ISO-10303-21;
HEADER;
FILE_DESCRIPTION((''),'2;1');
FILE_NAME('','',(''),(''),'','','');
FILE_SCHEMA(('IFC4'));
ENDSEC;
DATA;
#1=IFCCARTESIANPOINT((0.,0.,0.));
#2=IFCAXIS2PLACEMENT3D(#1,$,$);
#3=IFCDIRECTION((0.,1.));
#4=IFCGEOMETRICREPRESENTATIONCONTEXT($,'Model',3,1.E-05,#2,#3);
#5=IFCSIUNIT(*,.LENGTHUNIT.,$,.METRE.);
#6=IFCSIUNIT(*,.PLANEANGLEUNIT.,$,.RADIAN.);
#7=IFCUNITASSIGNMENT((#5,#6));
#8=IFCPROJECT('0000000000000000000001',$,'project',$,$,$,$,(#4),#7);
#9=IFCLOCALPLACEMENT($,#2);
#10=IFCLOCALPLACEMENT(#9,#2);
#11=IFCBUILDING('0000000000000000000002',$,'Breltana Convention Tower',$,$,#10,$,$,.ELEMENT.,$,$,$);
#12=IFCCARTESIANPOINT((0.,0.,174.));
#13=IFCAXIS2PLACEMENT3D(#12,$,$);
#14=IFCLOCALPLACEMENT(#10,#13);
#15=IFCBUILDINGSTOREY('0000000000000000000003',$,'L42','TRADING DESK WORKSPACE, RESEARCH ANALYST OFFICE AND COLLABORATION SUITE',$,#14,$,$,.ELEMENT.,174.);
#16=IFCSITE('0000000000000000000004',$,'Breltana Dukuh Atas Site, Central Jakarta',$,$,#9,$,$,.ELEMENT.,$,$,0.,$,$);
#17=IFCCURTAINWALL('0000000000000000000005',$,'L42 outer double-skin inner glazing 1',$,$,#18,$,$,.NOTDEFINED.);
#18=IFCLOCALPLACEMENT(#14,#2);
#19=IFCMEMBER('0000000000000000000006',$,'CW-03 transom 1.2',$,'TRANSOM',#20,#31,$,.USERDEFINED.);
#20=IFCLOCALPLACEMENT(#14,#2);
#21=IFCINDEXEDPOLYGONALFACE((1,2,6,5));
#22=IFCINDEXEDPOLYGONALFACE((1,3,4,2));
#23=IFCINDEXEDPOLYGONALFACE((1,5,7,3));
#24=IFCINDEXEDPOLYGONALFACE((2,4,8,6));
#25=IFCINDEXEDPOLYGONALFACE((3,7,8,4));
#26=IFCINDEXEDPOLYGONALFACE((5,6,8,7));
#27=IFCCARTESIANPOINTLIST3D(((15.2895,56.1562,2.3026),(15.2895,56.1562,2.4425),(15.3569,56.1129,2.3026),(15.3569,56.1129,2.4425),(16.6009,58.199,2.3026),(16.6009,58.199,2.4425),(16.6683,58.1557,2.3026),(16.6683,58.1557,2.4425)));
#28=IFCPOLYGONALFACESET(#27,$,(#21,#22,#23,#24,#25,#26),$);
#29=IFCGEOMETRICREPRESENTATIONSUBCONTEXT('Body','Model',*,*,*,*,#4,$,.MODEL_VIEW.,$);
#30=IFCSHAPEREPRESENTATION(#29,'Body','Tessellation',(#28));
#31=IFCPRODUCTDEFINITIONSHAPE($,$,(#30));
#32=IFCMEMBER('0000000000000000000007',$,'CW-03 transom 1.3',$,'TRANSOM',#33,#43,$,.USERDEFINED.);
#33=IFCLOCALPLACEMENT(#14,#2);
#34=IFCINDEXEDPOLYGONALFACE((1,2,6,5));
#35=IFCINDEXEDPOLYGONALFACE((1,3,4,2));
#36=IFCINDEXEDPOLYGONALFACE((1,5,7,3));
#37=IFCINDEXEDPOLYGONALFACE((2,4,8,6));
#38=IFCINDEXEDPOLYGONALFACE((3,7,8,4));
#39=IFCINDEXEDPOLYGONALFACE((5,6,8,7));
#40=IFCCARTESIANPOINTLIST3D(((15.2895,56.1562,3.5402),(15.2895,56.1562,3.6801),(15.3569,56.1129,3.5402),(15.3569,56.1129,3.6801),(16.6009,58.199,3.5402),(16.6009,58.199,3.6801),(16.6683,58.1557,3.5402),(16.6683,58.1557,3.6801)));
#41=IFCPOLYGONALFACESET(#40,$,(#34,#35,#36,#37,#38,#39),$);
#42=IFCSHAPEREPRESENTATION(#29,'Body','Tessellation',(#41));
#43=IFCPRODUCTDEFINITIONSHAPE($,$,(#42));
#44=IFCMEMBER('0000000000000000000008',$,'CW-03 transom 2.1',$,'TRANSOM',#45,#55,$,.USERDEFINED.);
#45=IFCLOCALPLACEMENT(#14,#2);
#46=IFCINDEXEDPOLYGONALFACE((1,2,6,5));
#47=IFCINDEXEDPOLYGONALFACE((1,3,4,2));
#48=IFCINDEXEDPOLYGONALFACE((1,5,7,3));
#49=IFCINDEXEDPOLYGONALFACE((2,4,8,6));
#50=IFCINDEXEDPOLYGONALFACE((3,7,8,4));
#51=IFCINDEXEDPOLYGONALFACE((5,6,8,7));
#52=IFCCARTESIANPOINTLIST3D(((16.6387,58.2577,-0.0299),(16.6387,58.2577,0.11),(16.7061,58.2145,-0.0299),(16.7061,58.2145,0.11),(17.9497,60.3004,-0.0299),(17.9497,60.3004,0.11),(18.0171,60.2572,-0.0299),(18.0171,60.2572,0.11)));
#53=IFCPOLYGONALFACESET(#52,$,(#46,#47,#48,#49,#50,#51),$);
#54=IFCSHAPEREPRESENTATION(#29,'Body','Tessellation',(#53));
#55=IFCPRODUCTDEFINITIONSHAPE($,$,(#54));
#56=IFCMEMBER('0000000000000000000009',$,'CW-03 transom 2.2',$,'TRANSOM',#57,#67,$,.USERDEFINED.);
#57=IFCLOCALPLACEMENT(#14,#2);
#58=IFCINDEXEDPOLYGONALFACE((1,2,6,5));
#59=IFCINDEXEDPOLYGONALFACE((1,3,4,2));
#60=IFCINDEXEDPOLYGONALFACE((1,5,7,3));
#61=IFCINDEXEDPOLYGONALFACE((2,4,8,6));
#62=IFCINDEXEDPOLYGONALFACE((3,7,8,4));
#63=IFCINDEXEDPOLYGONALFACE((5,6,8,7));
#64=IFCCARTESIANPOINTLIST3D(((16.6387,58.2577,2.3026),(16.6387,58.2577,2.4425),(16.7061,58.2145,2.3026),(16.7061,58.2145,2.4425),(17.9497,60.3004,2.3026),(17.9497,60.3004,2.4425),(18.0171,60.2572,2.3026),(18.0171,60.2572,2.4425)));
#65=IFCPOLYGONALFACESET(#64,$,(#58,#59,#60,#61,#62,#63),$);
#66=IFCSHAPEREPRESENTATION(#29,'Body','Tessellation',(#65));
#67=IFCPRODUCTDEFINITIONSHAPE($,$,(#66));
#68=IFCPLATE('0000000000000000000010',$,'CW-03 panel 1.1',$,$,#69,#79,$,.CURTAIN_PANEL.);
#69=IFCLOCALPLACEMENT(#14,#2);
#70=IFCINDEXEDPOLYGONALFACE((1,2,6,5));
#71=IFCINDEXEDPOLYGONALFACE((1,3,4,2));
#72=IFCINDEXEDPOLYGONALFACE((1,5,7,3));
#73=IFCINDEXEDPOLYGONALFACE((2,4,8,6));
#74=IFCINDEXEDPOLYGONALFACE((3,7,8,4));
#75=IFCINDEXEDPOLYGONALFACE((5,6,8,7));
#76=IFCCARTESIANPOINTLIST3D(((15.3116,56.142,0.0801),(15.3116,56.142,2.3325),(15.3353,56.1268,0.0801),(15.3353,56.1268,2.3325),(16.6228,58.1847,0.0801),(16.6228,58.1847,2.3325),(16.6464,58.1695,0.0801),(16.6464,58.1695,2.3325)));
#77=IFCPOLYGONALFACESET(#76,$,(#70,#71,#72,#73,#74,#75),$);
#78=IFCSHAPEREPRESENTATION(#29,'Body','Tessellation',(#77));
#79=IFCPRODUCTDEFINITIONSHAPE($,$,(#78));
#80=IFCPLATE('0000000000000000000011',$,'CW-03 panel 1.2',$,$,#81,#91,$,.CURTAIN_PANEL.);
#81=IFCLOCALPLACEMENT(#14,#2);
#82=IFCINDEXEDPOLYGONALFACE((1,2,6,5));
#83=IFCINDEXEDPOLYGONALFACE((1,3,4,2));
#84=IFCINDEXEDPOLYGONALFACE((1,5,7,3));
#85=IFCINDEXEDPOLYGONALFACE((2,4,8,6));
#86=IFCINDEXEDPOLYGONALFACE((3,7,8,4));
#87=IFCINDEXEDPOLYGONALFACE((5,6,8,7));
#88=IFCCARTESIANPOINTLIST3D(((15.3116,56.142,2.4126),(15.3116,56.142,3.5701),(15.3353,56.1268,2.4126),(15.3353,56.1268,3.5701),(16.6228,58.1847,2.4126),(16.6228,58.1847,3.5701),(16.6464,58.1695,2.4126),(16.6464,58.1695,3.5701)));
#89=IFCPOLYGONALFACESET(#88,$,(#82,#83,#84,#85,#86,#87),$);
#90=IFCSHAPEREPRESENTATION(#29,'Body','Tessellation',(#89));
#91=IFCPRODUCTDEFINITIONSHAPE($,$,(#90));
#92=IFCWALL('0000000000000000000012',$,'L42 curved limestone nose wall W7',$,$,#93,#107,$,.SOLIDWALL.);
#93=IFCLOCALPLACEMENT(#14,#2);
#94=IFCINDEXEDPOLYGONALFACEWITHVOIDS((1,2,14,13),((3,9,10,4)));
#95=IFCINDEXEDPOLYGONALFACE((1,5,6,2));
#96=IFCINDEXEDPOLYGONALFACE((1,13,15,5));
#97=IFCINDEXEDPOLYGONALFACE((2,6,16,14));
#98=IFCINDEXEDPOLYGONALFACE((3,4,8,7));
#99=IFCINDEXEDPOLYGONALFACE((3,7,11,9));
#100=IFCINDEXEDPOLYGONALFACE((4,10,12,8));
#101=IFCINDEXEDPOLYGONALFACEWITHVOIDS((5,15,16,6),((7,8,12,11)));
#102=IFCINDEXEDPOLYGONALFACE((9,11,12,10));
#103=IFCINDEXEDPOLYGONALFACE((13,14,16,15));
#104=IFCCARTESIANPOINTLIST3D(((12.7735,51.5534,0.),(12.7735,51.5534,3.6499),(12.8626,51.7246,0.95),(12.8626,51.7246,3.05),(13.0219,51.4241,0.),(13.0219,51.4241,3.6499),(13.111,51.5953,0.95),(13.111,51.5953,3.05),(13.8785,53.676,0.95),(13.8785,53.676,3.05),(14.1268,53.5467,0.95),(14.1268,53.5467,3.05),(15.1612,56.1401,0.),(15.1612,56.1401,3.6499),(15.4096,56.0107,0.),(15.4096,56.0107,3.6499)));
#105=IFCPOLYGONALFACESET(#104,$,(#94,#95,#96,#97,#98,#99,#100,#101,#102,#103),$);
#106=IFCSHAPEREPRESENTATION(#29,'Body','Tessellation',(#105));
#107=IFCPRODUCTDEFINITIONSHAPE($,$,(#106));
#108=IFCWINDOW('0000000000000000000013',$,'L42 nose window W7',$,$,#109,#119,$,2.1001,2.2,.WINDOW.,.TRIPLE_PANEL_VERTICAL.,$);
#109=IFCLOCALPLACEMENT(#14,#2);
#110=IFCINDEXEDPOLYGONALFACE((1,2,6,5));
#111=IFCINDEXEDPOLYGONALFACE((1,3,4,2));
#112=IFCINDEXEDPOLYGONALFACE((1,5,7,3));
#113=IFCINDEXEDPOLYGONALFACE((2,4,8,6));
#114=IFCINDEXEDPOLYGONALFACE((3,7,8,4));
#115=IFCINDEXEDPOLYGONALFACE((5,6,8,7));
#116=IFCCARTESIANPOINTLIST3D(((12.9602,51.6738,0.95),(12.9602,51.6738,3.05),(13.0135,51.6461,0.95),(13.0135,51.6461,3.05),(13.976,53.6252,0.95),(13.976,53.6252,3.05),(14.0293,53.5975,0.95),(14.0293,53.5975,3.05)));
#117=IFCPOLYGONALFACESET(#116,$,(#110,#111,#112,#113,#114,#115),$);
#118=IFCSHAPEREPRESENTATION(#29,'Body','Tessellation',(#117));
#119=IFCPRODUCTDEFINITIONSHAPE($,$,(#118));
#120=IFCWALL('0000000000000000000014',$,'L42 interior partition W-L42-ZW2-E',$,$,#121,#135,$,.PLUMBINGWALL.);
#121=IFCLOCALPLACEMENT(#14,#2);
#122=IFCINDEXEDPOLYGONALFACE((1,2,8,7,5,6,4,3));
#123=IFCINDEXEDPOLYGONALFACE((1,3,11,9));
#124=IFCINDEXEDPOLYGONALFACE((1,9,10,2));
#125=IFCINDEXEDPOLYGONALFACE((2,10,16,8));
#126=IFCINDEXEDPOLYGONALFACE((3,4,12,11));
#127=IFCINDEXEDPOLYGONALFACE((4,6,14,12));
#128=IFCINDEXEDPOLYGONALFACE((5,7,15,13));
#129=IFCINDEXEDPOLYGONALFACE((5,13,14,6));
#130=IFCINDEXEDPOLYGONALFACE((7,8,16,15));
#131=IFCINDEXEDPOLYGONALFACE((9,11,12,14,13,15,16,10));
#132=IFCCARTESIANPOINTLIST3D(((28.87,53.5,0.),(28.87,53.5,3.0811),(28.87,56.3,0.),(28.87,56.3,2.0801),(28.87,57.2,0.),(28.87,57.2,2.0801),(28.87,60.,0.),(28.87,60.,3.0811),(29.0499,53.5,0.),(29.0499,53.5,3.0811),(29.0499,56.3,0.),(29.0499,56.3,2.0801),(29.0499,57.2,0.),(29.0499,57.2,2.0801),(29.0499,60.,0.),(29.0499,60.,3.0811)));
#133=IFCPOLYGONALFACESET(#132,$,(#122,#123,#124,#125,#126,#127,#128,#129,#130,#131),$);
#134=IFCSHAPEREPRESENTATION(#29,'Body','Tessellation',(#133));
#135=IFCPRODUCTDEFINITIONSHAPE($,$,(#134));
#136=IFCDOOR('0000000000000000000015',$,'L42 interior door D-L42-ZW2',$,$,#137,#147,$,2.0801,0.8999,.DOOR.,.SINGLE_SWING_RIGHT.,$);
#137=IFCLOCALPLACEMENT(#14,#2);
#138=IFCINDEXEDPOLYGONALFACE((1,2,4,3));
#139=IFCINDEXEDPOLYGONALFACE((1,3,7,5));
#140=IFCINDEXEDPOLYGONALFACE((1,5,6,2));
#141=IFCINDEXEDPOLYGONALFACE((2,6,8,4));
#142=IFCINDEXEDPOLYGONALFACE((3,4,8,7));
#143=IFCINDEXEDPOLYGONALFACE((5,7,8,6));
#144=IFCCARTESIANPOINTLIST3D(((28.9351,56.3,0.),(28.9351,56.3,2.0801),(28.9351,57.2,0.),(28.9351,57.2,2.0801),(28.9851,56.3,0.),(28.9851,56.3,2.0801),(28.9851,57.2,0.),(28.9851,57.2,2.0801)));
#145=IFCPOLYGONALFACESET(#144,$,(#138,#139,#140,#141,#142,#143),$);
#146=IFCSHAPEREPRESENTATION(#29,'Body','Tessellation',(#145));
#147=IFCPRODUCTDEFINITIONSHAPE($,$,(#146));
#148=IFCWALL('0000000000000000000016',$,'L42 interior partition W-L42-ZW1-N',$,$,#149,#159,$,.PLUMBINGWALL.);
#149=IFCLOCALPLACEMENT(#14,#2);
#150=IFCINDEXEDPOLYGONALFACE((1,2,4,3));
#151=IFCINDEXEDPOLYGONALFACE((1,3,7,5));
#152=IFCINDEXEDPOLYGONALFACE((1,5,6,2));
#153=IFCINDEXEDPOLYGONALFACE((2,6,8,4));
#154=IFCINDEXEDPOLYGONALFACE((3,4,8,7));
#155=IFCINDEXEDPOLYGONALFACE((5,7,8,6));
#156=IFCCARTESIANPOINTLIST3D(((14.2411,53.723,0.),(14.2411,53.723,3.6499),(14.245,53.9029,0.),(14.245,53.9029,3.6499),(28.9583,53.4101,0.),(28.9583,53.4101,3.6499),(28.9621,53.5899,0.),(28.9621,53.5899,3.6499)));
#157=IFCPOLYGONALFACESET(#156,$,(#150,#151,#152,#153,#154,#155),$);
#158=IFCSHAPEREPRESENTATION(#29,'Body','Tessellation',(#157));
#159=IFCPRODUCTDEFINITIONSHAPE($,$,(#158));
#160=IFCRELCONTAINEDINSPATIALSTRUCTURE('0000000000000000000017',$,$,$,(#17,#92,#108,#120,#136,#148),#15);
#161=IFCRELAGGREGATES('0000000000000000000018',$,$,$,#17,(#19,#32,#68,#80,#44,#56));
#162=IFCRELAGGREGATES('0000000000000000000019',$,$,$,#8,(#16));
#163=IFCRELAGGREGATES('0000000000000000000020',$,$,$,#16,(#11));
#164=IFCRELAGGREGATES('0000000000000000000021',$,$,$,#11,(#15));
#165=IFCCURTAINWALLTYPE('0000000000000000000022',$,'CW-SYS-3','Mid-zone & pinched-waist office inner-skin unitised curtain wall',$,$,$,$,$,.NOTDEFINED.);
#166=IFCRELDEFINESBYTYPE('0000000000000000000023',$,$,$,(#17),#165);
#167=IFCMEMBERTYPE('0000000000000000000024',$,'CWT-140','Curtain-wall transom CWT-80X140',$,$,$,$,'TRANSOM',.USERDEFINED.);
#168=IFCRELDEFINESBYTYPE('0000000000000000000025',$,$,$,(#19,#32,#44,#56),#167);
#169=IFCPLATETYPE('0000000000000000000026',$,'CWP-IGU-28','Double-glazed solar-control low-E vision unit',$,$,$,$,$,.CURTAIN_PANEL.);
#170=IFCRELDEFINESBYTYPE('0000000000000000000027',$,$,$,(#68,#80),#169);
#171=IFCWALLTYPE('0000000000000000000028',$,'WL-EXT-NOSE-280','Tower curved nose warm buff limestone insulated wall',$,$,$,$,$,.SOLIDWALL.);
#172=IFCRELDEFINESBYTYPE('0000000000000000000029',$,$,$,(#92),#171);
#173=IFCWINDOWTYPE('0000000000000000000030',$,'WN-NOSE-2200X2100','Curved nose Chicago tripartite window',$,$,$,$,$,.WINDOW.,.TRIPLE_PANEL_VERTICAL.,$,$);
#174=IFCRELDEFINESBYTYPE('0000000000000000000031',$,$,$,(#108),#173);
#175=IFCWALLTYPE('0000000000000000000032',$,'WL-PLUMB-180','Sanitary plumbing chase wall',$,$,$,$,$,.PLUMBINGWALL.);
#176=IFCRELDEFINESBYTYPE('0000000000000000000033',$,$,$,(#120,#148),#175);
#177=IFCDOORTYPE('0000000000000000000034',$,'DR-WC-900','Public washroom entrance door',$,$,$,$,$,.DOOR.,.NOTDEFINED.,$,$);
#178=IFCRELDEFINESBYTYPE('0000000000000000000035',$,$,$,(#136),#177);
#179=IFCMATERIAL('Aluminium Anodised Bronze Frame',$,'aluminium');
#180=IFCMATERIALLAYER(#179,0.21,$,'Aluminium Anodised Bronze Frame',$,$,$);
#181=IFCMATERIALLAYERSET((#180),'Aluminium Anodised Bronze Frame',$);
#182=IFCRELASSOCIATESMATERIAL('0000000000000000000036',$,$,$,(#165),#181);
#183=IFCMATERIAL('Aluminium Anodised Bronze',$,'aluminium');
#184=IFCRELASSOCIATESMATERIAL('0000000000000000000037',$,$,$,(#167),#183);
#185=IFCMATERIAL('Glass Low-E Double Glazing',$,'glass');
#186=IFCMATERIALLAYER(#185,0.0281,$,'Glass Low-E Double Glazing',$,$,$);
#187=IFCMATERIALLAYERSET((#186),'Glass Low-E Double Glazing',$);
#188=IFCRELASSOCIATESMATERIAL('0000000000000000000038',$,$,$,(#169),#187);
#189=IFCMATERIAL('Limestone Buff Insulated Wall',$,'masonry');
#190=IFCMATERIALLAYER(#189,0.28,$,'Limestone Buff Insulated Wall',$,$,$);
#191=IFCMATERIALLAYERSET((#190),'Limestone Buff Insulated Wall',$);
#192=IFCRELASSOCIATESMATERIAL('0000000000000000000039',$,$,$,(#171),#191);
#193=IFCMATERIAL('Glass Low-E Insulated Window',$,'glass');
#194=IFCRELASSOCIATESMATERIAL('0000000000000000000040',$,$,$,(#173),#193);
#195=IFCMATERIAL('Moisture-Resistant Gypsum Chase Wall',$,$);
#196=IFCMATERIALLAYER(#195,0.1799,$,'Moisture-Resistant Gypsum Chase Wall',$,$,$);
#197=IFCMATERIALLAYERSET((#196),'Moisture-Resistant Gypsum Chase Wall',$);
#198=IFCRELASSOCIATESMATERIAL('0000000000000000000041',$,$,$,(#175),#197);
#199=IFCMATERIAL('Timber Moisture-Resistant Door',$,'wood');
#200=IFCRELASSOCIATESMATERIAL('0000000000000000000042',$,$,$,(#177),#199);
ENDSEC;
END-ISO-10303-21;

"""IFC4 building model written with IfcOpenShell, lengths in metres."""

from ifc_helpers import new_model, si_unit, direction, frame, frame_2d, origin, origin_2d, place, context, subcontext, project, spatial, rectangle, extrude, source, transform, mapped, material, layer, layer_set, material_profile, profile_set, type_object, type_shapes, element, fill, aggregate, save


model = new_model("IFC4")

# Units and contexts
model_context = context("Model", 3, precision=1e-05, world=origin(), true_north=direction((0.0, 1.0)))
body_context = subcontext(model_context, "Body", "Model", "MODEL_VIEW")
ifc_project = project(units=[si_unit("LENGTHUNIT", "METRE"), si_unit("PLANEANGLEUNIT", "RADIAN")], contexts=[model_context])

# Site, building, storey
site_placement = place(None, origin())
site = spatial("IfcSite", under=ifc_project, at=site_placement, Name="Breltana Dukuh Atas Site, Central Jakarta", CompositionType="ELEMENT", RefElevation=0.0)
building_placement = place(site_placement, origin())
building = spatial("IfcBuilding", under=site, at=building_placement, Name="Breltana Convention Tower", CompositionType="ELEMENT")
storey_placement = place(building_placement, frame((0.0, 0.0, 174.0)))
storey = spatial("IfcBuildingStorey", under=building, at=storey_placement, Name="L42", Description="TRADING DESK WORKSPACE, RESEARCH ANALYST OFFICE AND COLLABORATION SUITE", CompositionType="ELEMENT", Elevation=174.0)

# Curtain wall, members, plates
ifc_material_1 = material(Name="Aluminium Anodised Bronze Frame", Category="aluminium")
ifc_layer_1 = layer(ifc_material_1, 0.21, Name="Aluminium Anodised Bronze Frame")
ifc_layer_set_1 = layer_set([ifc_layer_1], Name="Aluminium Anodised Bronze Frame")
curtain_wall_type = type_object("IfcCurtainWallType", Name="CW-SYS-3", Description="Mid-zone & pinched-waist office inner-skin unitised curtain wall", PredefinedType="NOTDEFINED", material=ifc_layer_set_1)
curtain_wall_placement = place(storey_placement, origin())
curtain_wall = element("IfcCurtainWall", 1, at=curtain_wall_placement, inside=storey, type_object=curtain_wall_type, Name="L42 outer double-skin inner glazing 1", PredefinedType="NOTDEFINED")
ifc_material_2 = material(Name="Aluminium Anodised Bronze", Category="aluminium")
ifc_material_profile_1 = material_profile(ifc_material_2, rectangle(XDim=0.0801, YDim=0.1399, at=origin_2d()), Name="CWT-80X140")
ifc_profile_set_1 = profile_set([ifc_material_profile_1], Name="Aluminium Anodised Bronze")
member_type_1 = type_object("IfcMemberType", Name="CWT-140", Description="Curtain-wall transom CWT-80X140", ElementType="TRANSOM", PredefinedType="USERDEFINED", material=ifc_profile_set_1)
shared_shape_1 = source(origin(), body_context, "Body", "SweptSolid", [
    extrude(rectangle(XDim=0.0801, YDim=0.1399, at=origin_2d()), origin(), (0.0, 0.0, 1.0), 2.4275),
])
member_1_placement = place(storey_placement, frame((15.3232, 56.1345, 2.3726), z_axis=(0.540203, 0.841534, 0.0), x_axis=(-0.841534, 0.540203, 0.0)))
member_1 = element("IfcMember", 2, at=member_1_placement, type_object=member_type_1, Name="CW-03 transom 1.2", ObjectType="TRANSOM", PredefinedType="USERDEFINED", context=body_context, shape_type="MappedRepresentation", body=[
    mapped(shared_shape_1, transform((0.0, 0.0, 0.0), scale=1.0)),
])
member_2_placement = place(storey_placement, frame((15.3232, 56.1345, 3.6101), z_axis=(0.540203, 0.841534, 0.0), x_axis=(-0.841534, 0.540203, 0.0)))
member_2 = element("IfcMember", 3, at=member_2_placement, type_object=member_type_1, Name="CW-03 transom 1.3", ObjectType="TRANSOM", PredefinedType="USERDEFINED", context=body_context, shape_type="MappedRepresentation", body=[
    mapped(shared_shape_1, transform((0.0, 0.0, 0.0), scale=1.0)),
])
shared_shape_2 = source(origin(), body_context, "Body", "SweptSolid", [
    extrude(rectangle(XDim=0.0801, YDim=0.1399, at=origin_2d()), origin(), (0.0, 0.0, 1.0), 2.4272),
])
member_3_placement = place(storey_placement, frame((16.6724, 58.2361, 0.04), z_axis=(0.540132, 0.84158, 0.0), x_axis=(-0.84158, 0.540132, 0.0)))
member_3 = element("IfcMember", 4, at=member_3_placement, type_object=member_type_1, Name="CW-03 transom 2.1", ObjectType="TRANSOM", PredefinedType="USERDEFINED", context=body_context, shape_type="MappedRepresentation", body=[
    mapped(shared_shape_2, transform((0.0, 0.0, 0.0), scale=1.0)),
])
member_4_placement = place(storey_placement, frame((16.6724, 58.2361, 2.3726), z_axis=(0.540132, 0.84158, 0.0), x_axis=(-0.84158, 0.540132, 0.0)))
member_4 = element("IfcMember", 5, at=member_4_placement, type_object=member_type_1, Name="CW-03 transom 2.2", ObjectType="TRANSOM", PredefinedType="USERDEFINED", context=body_context, shape_type="MappedRepresentation", body=[
    mapped(shared_shape_2, transform((0.0, 0.0, 0.0), scale=1.0)),
])
ifc_material_3 = material(Name="Glass Low-E Double Glazing", Category="glass")
ifc_layer_2 = layer(ifc_material_3, 0.0281, Name="Glass Low-E Double Glazing")
ifc_layer_set_2 = layer_set([ifc_layer_2], Name="Glass Low-E Double Glazing")
plate_type = type_object("IfcPlateType", Name="CWP-IGU-28", Description="Double-glazed solar-control low-E vision unit", PredefinedType="CURTAIN_PANEL", material=ifc_layer_set_2)
shared_shape_3 = source(origin(), body_context, "Body", "SweptSolid", [
    extrude(rectangle(XDim=2.4272, YDim=0.0281, at=origin_2d()), origin(), (0.0, 0.0, 1.0), 2.2524),
])
plate_1_placement = place(storey_placement, frame((15.979, 57.1558, 0.0801), z_axis=(0.0, 0.0, 1.0), x_axis=(0.540173, 0.841554, 0.0)))
plate_1 = element("IfcPlate", 6, at=plate_1_placement, type_object=plate_type, Name="CW-03 panel 1.1", PredefinedType="CURTAIN_PANEL", context=body_context, shape_type="MappedRepresentation", body=[
    mapped(shared_shape_3, transform((0.0, 0.0, 0.0), scale=1.0)),
])
shared_shape_4 = source(origin(), body_context, "Body", "SweptSolid", [
    extrude(rectangle(XDim=2.4272, YDim=0.0281, at=origin_2d()), origin(), (0.0, 0.0, 1.0), 1.1575),
])
plate_2_placement = place(storey_placement, frame((15.979, 57.1558, 2.4126), z_axis=(0.0, 0.0, 1.0), x_axis=(0.540173, 0.841554, 0.0)))
plate_2 = element("IfcPlate", 7, at=plate_2_placement, type_object=plate_type, Name="CW-03 panel 1.2", PredefinedType="CURTAIN_PANEL", context=body_context, shape_type="MappedRepresentation", body=[
    mapped(shared_shape_4, transform((0.0, 0.0, 0.0), scale=1.0)),
])
aggregate(curtain_wall, [member_1, member_2, plate_1, plate_2, member_3, member_4])

# Wall, opening, window
ifc_material_4 = material(Name="Limestone Buff Insulated Wall", Category="masonry")
ifc_layer_3 = layer(ifc_material_4, 0.28, Name="Limestone Buff Insulated Wall")
ifc_layer_set_3 = layer_set([ifc_layer_3], Name="Limestone Buff Insulated Wall")
wall_type_1 = type_object("IfcWallType", Name="WL-EXT-NOSE-280", Description="Tower curved nose warm buff limestone insulated wall", PredefinedType="SOLIDWALL", material=ifc_layer_set_3)
shared_shape_5 = source(origin(), body_context, "Body", "SweptSolid", [
    extrude(rectangle(XDim=5.1709, YDim=0.28, at=frame_2d((2.5854, 0.0))), origin(), (0.0, 0.0, 1.0), 3.6499),
])
wall_1_placement = place(storey_placement, frame((12.8977, 51.4888, 0.0), z_axis=(0.0, 0.0, 1.0), x_axis=(0.461753, 0.887009, 0.0)))
wall_1 = element("IfcWall", 8, at=wall_1_placement, inside=storey, type_object=wall_type_1, Name="L42 curved limestone nose wall W7", PredefinedType="SOLIDWALL", context=body_context, shape_type="MappedRepresentation", body=[
    mapped(shared_shape_5, transform((0.0, 0.0, 0.0), scale=1.0)),
])
opening_1_placement = place(wall_1_placement, frame((0.1929, 0.0, 0.95)))
opening_1 = element("IfcOpeningElement", 9, at=opening_1_placement, cuts=wall_1, PredefinedType="OPENING", context=body_context, shape_type="SweptSolid", body=[
    extrude(rectangle(XDim=2.2, YDim=2.1001, at=frame_2d((1.1001, 1.05))), frame((0.0, 0.1499, 0.0), z_axis=(0.0, -1.0, 0.0), x_axis=(1.0, 0.0, 0.0)), (0.0, 0.0, 1.0), 0.3),
])
ifc_material_5 = material(Name="Glass Low-E Insulated Window", Category="glass")
window_type = type_object("IfcWindowType", Name="WN-NOSE-2200X2100", Description="Curved nose Chicago tripartite window", PartitioningType="TRIPLE_PANEL_VERTICAL", PredefinedType="WINDOW", material=ifc_material_5)
shared_shape_6 = source(origin(), body_context, "Body", "SweptSolid", [
    extrude(rectangle(XDim=2.2, YDim=2.1001, at=frame_2d((1.1001, 1.05))), frame((0.0, 0.03, 0.0), z_axis=(0.0, -1.0, 0.0), x_axis=(1.0, 0.0, 0.0)), (0.0, 0.0, 1.0), 0.0601),
])
type_shapes(window_type, [shared_shape_6])
window_placement = place(opening_1_placement, origin())
window = element("IfcWindow", 10, at=window_placement, inside=storey, type_object=window_type, Name="L42 nose window W7", OverallHeight=2.1001, OverallWidth=2.2, PartitioningType="TRIPLE_PANEL_VERTICAL", PredefinedType="WINDOW", context=body_context, shape_type="MappedRepresentation", body=[
    mapped(shared_shape_6, transform((0.0, 0.0, 0.0), scale=1.0)),
])
fill(opening_1, window)

# Wall, opening, door
ifc_material_6 = material(Name="Moisture-Resistant Gypsum Chase Wall")
ifc_layer_4 = layer(ifc_material_6, 0.1799, Name="Moisture-Resistant Gypsum Chase Wall")
ifc_layer_set_4 = layer_set([ifc_layer_4], Name="Moisture-Resistant Gypsum Chase Wall")
wall_type_2 = type_object("IfcWallType", Name="WL-PLUMB-180", Description="Sanitary plumbing chase wall", PredefinedType="PLUMBINGWALL", material=ifc_layer_set_4)
shared_shape_7 = source(origin(), body_context, "Body", "SweptSolid", [
    extrude(rectangle(XDim=6.5, YDim=0.1799, at=frame_2d((3.25, 0.0))), origin(), (0.0, 0.0, 1.0), 3.0811),
])
wall_2_placement = place(storey_placement, frame((28.96, 53.5, 0.0), z_axis=(0.0, 0.0, 1.0), x_axis=(0.0, 1.0, 0.0)))
wall_2 = element("IfcWall", 11, at=wall_2_placement, inside=storey, type_object=wall_type_2, Name="L42 interior partition W-L42-ZW2-E", PredefinedType="PLUMBINGWALL", context=body_context, shape_type="MappedRepresentation", body=[
    mapped(shared_shape_7, transform((0.0, 0.0, 0.0), scale=1.0)),
])
opening_2_placement = place(wall_2_placement, frame((2.8, 0.0, 0.0)))
opening_2 = element("IfcOpeningElement", 12, at=opening_2_placement, cuts=wall_2, PredefinedType="OPENING", context=body_context, shape_type="SweptSolid", body=[
    extrude(rectangle(XDim=0.8999, YDim=2.0801, at=frame_2d((0.45, 1.04))), frame((0.0, 0.1001, 0.0), z_axis=(0.0, -1.0, 0.0), x_axis=(1.0, 0.0, 0.0)), (0.0, 0.0, 1.0), 0.2),
])
ifc_material_7 = material(Name="Timber Moisture-Resistant Door", Category="wood")
door_type = type_object("IfcDoorType", Name="DR-WC-900", Description="Public washroom entrance door", OperationType="NOTDEFINED", PredefinedType="DOOR", material=ifc_material_7)
shared_shape_8 = source(origin(), body_context, "Body", "SweptSolid", [
    extrude(rectangle(XDim=0.8999, YDim=2.0801, at=frame_2d((0.45, 1.04))), frame((0.0, 0.0249, 0.0), z_axis=(0.0, -1.0, 0.0), x_axis=(1.0, 0.0, 0.0)), (0.0, 0.0, 1.0), 0.05),
])
type_shapes(door_type, [shared_shape_8])
door_placement = place(opening_2_placement, origin())
door = element("IfcDoor", 13, at=door_placement, inside=storey, type_object=door_type, Name="L42 interior door D-L42-ZW2", OperationType="SINGLE_SWING_RIGHT", OverallHeight=2.0801, OverallWidth=0.8999, PredefinedType="DOOR", context=body_context, shape_type="MappedRepresentation", body=[
    mapped(shared_shape_8, transform((0.0, 0.0, 0.0), scale=1.0)),
])
fill(opening_2, door)

# Wall
shared_shape_9 = source(origin(), body_context, "Body", "SweptSolid", [
    extrude(rectangle(XDim=14.7205, YDim=0.1799, at=frame_2d((7.3604, 0.0))), origin(), (0.0, 0.0, 1.0), 3.6499),
])
wall_3_placement = place(storey_placement, frame((14.2429, 53.813, 0.0), z_axis=(0.0, 0.0, 1.0), x_axis=(0.999774, -0.021262, 0.0)))
element("IfcWall", 14, at=wall_3_placement, inside=storey, type_object=wall_type_2, Name="L42 interior partition W-L42-ZW1-N", PredefinedType="PLUMBINGWALL", context=body_context, shape_type="MappedRepresentation", body=[
    mapped(shared_shape_9, transform((0.0, 0.0, 0.0), scale=1.0)),
])

save(model, "model.ifc")
